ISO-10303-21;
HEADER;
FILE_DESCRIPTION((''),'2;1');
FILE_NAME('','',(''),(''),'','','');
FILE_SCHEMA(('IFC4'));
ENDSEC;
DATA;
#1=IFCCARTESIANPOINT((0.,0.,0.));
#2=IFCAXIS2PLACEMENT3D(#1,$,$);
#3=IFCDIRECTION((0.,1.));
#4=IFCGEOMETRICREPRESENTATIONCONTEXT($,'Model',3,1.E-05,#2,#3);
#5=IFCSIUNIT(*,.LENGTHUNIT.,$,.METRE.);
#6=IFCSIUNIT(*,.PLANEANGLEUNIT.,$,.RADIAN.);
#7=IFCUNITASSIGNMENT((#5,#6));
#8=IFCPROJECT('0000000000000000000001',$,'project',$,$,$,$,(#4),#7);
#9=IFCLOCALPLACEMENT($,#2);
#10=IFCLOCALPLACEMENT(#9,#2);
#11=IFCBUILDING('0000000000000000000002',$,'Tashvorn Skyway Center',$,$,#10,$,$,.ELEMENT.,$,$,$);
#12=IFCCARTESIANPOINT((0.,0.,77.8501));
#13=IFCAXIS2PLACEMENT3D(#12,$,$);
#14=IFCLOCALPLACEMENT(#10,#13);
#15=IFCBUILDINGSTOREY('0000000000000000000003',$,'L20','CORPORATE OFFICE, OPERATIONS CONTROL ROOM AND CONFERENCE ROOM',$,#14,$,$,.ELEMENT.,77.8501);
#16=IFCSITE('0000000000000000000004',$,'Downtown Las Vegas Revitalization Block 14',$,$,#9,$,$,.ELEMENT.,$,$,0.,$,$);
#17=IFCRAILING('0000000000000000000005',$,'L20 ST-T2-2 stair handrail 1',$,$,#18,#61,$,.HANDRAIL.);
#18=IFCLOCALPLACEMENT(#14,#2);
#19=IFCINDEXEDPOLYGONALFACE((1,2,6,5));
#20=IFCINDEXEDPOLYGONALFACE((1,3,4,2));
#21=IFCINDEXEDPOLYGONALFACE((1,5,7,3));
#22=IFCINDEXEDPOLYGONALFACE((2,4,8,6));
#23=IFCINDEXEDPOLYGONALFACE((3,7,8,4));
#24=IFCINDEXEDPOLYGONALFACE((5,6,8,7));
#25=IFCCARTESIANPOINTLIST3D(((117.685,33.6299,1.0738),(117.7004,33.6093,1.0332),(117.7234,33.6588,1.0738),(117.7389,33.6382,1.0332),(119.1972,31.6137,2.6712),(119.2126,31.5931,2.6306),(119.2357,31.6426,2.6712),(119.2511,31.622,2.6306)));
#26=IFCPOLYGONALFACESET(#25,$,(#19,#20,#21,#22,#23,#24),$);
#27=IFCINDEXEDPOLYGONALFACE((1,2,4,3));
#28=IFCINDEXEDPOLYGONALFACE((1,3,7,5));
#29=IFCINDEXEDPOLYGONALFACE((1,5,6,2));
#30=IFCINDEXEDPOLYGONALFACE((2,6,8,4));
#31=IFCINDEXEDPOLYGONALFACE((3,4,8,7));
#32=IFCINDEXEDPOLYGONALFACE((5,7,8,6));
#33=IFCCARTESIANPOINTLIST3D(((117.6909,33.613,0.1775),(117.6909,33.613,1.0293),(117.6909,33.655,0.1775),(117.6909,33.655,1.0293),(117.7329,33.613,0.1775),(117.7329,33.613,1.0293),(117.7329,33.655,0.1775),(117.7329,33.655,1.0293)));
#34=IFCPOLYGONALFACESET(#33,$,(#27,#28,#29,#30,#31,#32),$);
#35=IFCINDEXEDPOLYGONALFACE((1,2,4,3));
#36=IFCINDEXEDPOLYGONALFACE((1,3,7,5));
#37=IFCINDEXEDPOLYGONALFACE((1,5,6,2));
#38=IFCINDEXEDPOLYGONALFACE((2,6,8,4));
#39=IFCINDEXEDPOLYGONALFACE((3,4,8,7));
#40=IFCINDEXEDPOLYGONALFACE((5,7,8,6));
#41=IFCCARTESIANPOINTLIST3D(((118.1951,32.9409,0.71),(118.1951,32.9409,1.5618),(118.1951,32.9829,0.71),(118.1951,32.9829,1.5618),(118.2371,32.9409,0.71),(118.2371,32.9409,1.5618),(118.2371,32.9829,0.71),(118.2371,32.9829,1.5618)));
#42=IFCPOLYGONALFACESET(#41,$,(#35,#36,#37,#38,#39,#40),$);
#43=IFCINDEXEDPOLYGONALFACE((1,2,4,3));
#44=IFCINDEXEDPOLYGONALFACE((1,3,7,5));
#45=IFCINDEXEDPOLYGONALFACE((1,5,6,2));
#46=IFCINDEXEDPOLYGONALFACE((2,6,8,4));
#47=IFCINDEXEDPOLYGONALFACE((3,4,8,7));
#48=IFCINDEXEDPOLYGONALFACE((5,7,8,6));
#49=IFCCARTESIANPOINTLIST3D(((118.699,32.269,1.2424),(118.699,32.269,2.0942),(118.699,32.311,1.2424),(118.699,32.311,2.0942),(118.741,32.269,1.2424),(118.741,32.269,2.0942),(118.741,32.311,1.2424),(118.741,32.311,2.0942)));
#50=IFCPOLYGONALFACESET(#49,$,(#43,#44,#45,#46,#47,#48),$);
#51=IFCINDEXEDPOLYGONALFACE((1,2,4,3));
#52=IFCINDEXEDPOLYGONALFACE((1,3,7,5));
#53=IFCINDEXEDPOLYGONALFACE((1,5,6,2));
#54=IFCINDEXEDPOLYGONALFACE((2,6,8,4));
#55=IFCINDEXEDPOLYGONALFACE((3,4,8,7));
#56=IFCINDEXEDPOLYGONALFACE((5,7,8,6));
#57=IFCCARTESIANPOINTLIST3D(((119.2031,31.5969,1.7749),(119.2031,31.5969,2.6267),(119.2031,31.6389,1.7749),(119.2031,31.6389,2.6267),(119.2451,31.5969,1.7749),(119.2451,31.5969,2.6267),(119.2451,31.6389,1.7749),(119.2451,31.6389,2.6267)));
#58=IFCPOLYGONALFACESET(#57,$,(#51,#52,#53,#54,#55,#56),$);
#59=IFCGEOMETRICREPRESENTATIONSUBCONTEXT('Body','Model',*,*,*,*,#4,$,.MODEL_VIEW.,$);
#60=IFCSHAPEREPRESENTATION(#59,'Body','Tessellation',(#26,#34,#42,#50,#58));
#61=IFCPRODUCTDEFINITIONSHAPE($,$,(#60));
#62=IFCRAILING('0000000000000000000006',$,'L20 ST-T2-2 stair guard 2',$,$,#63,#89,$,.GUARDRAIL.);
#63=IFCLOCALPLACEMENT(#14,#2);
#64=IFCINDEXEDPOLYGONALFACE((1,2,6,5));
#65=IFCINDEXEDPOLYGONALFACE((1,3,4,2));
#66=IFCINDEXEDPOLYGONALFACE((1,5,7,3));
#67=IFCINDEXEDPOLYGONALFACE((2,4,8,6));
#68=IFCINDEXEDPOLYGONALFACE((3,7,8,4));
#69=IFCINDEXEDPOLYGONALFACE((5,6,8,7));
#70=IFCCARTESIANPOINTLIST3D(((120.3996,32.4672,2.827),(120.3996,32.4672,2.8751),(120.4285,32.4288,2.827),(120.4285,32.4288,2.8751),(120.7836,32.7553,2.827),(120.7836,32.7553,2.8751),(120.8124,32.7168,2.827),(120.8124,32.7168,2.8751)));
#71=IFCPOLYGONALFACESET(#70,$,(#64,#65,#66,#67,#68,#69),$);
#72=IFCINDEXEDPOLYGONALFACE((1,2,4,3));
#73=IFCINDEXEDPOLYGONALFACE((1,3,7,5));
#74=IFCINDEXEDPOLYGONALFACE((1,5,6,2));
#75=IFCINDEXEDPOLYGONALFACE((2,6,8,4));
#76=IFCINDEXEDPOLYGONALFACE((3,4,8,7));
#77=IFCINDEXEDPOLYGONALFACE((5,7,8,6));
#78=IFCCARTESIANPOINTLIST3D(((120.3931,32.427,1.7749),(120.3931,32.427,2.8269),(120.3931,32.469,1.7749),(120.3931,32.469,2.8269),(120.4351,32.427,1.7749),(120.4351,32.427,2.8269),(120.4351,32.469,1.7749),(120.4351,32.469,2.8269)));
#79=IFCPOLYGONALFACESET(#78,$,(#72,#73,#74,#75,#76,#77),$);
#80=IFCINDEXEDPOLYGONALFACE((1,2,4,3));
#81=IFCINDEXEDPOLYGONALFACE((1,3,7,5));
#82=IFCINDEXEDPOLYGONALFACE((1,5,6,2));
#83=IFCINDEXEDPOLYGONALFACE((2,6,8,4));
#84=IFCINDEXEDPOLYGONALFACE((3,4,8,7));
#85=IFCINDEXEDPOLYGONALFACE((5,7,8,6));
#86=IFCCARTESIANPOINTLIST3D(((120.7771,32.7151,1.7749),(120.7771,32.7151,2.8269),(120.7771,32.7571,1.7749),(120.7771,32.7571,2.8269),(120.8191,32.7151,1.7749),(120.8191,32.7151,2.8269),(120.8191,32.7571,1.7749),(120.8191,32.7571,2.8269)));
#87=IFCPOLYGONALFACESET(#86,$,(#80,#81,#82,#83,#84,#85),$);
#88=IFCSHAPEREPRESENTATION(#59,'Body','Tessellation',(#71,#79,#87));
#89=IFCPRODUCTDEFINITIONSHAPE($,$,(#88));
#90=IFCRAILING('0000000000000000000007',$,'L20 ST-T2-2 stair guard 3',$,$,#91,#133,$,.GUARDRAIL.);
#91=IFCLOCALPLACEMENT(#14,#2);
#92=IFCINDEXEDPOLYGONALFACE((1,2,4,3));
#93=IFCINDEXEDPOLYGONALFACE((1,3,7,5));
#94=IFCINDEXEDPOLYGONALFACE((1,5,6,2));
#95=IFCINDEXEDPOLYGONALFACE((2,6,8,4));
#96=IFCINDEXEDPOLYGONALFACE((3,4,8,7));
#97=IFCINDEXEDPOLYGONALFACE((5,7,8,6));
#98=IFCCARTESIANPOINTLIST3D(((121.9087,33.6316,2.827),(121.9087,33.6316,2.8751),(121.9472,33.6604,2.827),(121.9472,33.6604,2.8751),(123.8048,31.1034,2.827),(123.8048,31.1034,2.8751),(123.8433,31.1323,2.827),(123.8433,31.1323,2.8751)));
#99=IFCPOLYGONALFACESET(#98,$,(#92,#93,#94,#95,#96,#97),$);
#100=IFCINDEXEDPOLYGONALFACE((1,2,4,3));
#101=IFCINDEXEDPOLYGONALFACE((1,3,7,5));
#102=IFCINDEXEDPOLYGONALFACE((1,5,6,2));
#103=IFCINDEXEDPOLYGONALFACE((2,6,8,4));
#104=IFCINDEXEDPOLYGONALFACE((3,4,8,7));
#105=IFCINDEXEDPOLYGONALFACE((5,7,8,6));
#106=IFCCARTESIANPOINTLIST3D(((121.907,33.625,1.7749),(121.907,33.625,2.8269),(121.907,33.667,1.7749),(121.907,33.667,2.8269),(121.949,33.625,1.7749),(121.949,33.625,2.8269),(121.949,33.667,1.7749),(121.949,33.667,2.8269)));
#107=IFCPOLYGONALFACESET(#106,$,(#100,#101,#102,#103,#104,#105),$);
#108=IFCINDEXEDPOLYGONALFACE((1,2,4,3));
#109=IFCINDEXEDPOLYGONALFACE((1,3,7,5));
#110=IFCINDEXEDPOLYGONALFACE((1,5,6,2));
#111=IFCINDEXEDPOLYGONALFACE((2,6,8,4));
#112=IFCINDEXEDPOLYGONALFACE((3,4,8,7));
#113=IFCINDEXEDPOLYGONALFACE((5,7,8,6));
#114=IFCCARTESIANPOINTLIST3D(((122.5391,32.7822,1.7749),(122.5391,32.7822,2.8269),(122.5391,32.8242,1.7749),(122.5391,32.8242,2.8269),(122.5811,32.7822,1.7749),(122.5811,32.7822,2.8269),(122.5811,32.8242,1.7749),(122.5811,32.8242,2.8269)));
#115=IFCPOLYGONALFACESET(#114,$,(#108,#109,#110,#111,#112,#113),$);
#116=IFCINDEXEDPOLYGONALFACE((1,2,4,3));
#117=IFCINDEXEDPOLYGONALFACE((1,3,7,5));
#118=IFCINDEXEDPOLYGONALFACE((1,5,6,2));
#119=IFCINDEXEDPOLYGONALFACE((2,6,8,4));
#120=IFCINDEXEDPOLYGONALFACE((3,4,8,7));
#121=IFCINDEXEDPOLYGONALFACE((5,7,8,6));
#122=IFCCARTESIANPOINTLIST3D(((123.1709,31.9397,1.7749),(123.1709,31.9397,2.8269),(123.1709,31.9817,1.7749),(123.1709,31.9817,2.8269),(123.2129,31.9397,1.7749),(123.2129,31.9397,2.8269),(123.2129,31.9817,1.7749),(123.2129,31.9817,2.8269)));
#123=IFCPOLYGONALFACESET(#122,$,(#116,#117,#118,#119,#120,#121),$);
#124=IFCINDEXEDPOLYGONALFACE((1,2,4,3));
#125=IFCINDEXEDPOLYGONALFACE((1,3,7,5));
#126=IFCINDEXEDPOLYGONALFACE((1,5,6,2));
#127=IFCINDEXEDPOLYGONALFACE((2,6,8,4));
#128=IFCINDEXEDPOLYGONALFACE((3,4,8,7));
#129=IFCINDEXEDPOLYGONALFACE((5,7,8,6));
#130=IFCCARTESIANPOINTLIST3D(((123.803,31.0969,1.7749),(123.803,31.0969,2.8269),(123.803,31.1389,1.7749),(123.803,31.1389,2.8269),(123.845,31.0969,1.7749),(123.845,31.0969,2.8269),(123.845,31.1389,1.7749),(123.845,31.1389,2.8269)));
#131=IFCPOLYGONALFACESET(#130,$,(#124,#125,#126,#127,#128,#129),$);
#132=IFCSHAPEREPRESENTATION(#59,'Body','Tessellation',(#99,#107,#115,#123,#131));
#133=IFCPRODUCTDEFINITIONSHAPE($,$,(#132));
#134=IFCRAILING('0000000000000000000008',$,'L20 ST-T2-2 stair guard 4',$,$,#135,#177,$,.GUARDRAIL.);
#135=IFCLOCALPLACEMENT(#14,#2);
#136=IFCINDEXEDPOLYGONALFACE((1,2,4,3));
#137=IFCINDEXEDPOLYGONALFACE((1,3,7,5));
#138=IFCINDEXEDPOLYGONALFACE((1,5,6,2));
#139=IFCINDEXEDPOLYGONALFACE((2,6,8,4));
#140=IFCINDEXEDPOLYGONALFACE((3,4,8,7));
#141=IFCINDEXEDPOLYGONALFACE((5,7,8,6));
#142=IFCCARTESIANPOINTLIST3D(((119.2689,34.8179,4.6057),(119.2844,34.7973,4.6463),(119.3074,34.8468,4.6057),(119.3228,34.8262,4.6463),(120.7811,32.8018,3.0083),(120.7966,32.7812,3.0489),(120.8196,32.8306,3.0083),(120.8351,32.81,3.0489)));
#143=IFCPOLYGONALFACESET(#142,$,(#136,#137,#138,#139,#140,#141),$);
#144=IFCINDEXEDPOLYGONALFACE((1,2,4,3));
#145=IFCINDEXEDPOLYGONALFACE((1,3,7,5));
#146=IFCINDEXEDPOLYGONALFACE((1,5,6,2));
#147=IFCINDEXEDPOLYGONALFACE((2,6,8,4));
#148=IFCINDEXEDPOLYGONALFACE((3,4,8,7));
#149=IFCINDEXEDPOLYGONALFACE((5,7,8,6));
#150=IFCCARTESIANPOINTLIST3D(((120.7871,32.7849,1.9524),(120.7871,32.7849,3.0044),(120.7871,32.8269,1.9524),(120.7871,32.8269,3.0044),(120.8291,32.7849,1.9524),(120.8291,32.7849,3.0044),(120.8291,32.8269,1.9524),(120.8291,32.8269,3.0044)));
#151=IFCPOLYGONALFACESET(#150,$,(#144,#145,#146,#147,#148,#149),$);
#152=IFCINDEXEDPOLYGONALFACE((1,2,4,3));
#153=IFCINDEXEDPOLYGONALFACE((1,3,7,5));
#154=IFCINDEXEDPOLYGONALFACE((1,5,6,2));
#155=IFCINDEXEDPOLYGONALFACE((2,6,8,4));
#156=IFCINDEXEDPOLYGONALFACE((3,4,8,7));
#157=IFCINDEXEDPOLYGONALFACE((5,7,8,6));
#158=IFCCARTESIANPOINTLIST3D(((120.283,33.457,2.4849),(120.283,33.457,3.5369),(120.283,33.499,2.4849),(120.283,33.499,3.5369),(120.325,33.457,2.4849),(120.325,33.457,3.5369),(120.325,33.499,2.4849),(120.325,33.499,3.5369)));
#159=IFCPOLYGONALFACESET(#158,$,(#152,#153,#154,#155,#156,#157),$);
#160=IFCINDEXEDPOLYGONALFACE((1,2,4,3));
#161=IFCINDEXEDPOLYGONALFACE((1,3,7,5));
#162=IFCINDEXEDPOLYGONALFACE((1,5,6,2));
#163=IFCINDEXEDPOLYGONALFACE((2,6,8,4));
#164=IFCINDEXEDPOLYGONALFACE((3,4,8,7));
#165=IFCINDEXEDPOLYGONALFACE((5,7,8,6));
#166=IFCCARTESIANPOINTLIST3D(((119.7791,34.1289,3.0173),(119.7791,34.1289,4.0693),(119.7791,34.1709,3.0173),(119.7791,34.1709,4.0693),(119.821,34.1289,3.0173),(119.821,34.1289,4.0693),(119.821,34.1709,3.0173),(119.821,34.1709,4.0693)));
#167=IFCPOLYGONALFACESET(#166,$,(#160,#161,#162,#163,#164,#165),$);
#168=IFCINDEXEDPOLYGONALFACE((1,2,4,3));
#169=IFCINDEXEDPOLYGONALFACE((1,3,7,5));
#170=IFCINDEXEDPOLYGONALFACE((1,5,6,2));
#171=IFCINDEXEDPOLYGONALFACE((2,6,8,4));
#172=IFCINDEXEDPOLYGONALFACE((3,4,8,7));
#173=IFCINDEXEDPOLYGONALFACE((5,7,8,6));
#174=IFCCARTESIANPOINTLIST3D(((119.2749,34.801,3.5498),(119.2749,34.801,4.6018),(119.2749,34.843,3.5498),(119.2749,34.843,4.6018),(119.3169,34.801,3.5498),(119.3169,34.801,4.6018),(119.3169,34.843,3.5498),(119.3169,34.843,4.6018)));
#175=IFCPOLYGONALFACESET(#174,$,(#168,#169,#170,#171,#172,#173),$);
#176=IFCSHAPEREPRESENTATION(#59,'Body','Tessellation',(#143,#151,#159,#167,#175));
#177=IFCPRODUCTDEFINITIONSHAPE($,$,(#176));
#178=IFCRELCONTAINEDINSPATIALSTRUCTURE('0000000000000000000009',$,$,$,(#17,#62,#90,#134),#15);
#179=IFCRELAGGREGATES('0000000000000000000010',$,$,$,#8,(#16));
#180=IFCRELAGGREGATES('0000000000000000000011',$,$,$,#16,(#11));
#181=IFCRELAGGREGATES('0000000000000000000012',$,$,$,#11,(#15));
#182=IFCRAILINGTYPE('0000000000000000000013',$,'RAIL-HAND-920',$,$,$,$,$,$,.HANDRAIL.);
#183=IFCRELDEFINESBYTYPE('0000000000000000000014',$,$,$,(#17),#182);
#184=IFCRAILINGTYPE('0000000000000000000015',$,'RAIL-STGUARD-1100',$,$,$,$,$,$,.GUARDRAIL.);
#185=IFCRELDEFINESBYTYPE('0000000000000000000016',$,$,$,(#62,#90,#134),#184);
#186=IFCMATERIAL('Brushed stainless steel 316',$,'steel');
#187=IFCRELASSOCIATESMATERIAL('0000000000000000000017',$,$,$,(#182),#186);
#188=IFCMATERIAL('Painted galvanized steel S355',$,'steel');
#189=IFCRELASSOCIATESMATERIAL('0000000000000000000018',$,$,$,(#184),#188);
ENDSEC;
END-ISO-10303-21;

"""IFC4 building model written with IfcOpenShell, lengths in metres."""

from ifc_helpers import new_model, si_unit, direction, frame, origin, origin_2d, place, context, subcontext, project, spatial, rectangle, extrude, material, type_object, element, save


model = new_model("IFC4")

# Units and contexts
model_context = context("Model", 3, precision=1e-05, world=origin(), true_north=direction((0.0, 1.0)))
body_context = subcontext(model_context, "Body", "Model", "MODEL_VIEW")
ifc_project = project(units=[si_unit("LENGTHUNIT", "METRE"), si_unit("PLANEANGLEUNIT", "RADIAN")], contexts=[model_context])

# Site, building, storey
site_placement = place(None, origin())
site = spatial("IfcSite", under=ifc_project, at=site_placement, Name="Downtown Las Vegas Revitalization Block 14", CompositionType="ELEMENT", RefElevation=0.0)
building_placement = place(site_placement, origin())
building = spatial("IfcBuilding", under=site, at=building_placement, Name="Tashvorn Skyway Center", CompositionType="ELEMENT")
storey_placement = place(building_placement, frame((0.0, 0.0, 77.8501)))
storey = spatial("IfcBuildingStorey", under=building, at=storey_placement, Name="L20", Description="CORPORATE OFFICE, OPERATIONS CONTROL ROOM AND CONFERENCE ROOM", CompositionType="ELEMENT", Elevation=77.8501)

# Railings
ifc_material_1 = material(Name="Brushed stainless steel 316", Category="steel")
railing_type_1 = type_object("IfcRailingType", Name="RAIL-HAND-920", PredefinedType="HANDRAIL", material=ifc_material_1)
railing_1_placement = place(storey_placement, frame((117.7119, 33.634, 0.1775)))
element("IfcRailing", 1, at=railing_1_placement, inside=storey, type_object=railing_type_1, Name="L20 ST-T2-2 stair handrail 1", PredefinedType="HANDRAIL", context=body_context, shape_type="SweptSolid", body=[
    extrude(rectangle(XDim=0.0481, YDim=0.0481, at=origin_2d()), frame((0.0, 0.0, 0.876), z_axis=(0.506802, -0.675681, 0.535357), x_axis=(0.799977, 0.600031, 0.0)), (0.0, 0.0, 1.0), 2.9839),
    extrude(rectangle(XDim=0.042, YDim=0.042, at=origin_2d()), origin(), (0.0, 0.0, 1.0), 0.8518),
    extrude(rectangle(XDim=0.042, YDim=0.042, at=origin_2d()), frame((0.5042, -0.6721, 0.5325)), (0.0, 0.0, 1.0), 0.8518),
    extrude(rectangle(XDim=0.042, YDim=0.042, at=origin_2d()), frame((1.0081, -1.344, 1.0649)), (0.0, 0.0, 1.0), 0.8518),
    extrude(rectangle(XDim=0.042, YDim=0.042, at=origin_2d()), frame((1.5122, -2.0161, 1.5974)), (0.0, 0.0, 1.0), 0.8518),
])
ifc_material_2 = material(Name="Painted galvanized steel S355", Category="steel")
railing_type_2 = type_object("IfcRailingType", Name="RAIL-STGUARD-1100", PredefinedType="GUARDRAIL", material=ifc_material_2)
railing_2_placement = place(storey_placement, frame((120.4141, 32.448, 1.7749)))
element("IfcRailing", 2, at=railing_2_placement, inside=storey, type_object=railing_type_2, Name="L20 ST-T2-2 stair guard 2", PredefinedType="GUARDRAIL", context=body_context, shape_type="SweptSolid", body=[
    extrude(rectangle(XDim=0.0481, YDim=0.0481, at=origin_2d()), frame((0.0, 0.0, 1.0762), z_axis=(0.799939, 0.600081, 0.0), x_axis=(-0.600081, 0.799939, 0.0)), (0.0, 0.0, 1.0), 0.48),
    extrude(rectangle(XDim=0.042, YDim=0.042, at=origin_2d()), origin(), (0.0, 0.0, 1.0), 1.052),
    extrude(rectangle(XDim=0.042, YDim=0.042, at=origin_2d()), frame((0.384, 0.2881, 0.0)), (0.0, 0.0, 1.0), 1.052),
])
railing_3_placement = place(storey_placement, frame((121.928, 33.646, 1.7749)))
element("IfcRailing", 3, at=railing_3_placement, inside=storey, type_object=railing_type_2, Name="L20 ST-T2-2 stair guard 3", PredefinedType="GUARDRAIL", context=body_context, shape_type="SweptSolid", body=[
    extrude(rectangle(XDim=0.0481, YDim=0.0481, at=origin_2d()), frame((0.0, 0.0, 1.0762), z_axis=(0.599988, -0.800009, 0.0), x_axis=(0.800009, 0.599988, 0.0)), (0.0, 0.0, 1.0), 3.1602),
    extrude(rectangle(XDim=0.042, YDim=0.042, at=origin_2d()), origin(), (0.0, 0.0, 1.0), 1.052),
    extrude(rectangle(XDim=0.042, YDim=0.042, at=origin_2d()), frame((0.6321, -0.8428, 0.0)), (0.0, 0.0, 1.0), 1.052),
    extrude(rectangle(XDim=0.042, YDim=0.042, at=origin_2d()), frame((1.2639, -1.6853, 0.0)), (0.0, 0.0, 1.0), 1.052),
    extrude(rectangle(XDim=0.042, YDim=0.042, at=origin_2d()), frame((1.896, -2.5281, 0.0)), (0.0, 0.0, 1.0), 1.052),
])
railing_4_placement = place(storey_placement, frame((120.8081, 32.8059, 1.9524)))
element("IfcRailing", 4, at=railing_4_placement, inside=storey, type_object=railing_type_2, Name="L20 ST-T2-2 stair guard 4", PredefinedType="GUARDRAIL", context=body_context, shape_type="SweptSolid", body=[
    extrude(rectangle(XDim=0.0481, YDim=0.0481, at=origin_2d()), frame((0.0, 0.0, 1.0762), z_axis=(-0.506802, 0.675681, 0.535357), x_axis=(-0.799977, -0.600031, 0.0)), (0.0, 0.0, 1.0), 2.9839),
    extrude(rectangle(XDim=0.042, YDim=0.042, at=origin_2d()), origin(), (0.0, 0.0, 1.0), 1.052),
    extrude(rectangle(XDim=0.042, YDim=0.042, at=origin_2d()), frame((-0.5042, 0.6721, 0.5325)), (0.0, 0.0, 1.0), 1.052),
    extrude(rectangle(XDim=0.042, YDim=0.042, at=origin_2d()), frame((-1.0081, 1.344, 1.0649)), (0.0, 0.0, 1.0), 1.052),
    extrude(rectangle(XDim=0.042, YDim=0.042, at=origin_2d()), frame((-1.5122, 2.0161, 1.5974)), (0.0, 0.0, 1.0), 1.052),
])

save(model, "model.ifc")
